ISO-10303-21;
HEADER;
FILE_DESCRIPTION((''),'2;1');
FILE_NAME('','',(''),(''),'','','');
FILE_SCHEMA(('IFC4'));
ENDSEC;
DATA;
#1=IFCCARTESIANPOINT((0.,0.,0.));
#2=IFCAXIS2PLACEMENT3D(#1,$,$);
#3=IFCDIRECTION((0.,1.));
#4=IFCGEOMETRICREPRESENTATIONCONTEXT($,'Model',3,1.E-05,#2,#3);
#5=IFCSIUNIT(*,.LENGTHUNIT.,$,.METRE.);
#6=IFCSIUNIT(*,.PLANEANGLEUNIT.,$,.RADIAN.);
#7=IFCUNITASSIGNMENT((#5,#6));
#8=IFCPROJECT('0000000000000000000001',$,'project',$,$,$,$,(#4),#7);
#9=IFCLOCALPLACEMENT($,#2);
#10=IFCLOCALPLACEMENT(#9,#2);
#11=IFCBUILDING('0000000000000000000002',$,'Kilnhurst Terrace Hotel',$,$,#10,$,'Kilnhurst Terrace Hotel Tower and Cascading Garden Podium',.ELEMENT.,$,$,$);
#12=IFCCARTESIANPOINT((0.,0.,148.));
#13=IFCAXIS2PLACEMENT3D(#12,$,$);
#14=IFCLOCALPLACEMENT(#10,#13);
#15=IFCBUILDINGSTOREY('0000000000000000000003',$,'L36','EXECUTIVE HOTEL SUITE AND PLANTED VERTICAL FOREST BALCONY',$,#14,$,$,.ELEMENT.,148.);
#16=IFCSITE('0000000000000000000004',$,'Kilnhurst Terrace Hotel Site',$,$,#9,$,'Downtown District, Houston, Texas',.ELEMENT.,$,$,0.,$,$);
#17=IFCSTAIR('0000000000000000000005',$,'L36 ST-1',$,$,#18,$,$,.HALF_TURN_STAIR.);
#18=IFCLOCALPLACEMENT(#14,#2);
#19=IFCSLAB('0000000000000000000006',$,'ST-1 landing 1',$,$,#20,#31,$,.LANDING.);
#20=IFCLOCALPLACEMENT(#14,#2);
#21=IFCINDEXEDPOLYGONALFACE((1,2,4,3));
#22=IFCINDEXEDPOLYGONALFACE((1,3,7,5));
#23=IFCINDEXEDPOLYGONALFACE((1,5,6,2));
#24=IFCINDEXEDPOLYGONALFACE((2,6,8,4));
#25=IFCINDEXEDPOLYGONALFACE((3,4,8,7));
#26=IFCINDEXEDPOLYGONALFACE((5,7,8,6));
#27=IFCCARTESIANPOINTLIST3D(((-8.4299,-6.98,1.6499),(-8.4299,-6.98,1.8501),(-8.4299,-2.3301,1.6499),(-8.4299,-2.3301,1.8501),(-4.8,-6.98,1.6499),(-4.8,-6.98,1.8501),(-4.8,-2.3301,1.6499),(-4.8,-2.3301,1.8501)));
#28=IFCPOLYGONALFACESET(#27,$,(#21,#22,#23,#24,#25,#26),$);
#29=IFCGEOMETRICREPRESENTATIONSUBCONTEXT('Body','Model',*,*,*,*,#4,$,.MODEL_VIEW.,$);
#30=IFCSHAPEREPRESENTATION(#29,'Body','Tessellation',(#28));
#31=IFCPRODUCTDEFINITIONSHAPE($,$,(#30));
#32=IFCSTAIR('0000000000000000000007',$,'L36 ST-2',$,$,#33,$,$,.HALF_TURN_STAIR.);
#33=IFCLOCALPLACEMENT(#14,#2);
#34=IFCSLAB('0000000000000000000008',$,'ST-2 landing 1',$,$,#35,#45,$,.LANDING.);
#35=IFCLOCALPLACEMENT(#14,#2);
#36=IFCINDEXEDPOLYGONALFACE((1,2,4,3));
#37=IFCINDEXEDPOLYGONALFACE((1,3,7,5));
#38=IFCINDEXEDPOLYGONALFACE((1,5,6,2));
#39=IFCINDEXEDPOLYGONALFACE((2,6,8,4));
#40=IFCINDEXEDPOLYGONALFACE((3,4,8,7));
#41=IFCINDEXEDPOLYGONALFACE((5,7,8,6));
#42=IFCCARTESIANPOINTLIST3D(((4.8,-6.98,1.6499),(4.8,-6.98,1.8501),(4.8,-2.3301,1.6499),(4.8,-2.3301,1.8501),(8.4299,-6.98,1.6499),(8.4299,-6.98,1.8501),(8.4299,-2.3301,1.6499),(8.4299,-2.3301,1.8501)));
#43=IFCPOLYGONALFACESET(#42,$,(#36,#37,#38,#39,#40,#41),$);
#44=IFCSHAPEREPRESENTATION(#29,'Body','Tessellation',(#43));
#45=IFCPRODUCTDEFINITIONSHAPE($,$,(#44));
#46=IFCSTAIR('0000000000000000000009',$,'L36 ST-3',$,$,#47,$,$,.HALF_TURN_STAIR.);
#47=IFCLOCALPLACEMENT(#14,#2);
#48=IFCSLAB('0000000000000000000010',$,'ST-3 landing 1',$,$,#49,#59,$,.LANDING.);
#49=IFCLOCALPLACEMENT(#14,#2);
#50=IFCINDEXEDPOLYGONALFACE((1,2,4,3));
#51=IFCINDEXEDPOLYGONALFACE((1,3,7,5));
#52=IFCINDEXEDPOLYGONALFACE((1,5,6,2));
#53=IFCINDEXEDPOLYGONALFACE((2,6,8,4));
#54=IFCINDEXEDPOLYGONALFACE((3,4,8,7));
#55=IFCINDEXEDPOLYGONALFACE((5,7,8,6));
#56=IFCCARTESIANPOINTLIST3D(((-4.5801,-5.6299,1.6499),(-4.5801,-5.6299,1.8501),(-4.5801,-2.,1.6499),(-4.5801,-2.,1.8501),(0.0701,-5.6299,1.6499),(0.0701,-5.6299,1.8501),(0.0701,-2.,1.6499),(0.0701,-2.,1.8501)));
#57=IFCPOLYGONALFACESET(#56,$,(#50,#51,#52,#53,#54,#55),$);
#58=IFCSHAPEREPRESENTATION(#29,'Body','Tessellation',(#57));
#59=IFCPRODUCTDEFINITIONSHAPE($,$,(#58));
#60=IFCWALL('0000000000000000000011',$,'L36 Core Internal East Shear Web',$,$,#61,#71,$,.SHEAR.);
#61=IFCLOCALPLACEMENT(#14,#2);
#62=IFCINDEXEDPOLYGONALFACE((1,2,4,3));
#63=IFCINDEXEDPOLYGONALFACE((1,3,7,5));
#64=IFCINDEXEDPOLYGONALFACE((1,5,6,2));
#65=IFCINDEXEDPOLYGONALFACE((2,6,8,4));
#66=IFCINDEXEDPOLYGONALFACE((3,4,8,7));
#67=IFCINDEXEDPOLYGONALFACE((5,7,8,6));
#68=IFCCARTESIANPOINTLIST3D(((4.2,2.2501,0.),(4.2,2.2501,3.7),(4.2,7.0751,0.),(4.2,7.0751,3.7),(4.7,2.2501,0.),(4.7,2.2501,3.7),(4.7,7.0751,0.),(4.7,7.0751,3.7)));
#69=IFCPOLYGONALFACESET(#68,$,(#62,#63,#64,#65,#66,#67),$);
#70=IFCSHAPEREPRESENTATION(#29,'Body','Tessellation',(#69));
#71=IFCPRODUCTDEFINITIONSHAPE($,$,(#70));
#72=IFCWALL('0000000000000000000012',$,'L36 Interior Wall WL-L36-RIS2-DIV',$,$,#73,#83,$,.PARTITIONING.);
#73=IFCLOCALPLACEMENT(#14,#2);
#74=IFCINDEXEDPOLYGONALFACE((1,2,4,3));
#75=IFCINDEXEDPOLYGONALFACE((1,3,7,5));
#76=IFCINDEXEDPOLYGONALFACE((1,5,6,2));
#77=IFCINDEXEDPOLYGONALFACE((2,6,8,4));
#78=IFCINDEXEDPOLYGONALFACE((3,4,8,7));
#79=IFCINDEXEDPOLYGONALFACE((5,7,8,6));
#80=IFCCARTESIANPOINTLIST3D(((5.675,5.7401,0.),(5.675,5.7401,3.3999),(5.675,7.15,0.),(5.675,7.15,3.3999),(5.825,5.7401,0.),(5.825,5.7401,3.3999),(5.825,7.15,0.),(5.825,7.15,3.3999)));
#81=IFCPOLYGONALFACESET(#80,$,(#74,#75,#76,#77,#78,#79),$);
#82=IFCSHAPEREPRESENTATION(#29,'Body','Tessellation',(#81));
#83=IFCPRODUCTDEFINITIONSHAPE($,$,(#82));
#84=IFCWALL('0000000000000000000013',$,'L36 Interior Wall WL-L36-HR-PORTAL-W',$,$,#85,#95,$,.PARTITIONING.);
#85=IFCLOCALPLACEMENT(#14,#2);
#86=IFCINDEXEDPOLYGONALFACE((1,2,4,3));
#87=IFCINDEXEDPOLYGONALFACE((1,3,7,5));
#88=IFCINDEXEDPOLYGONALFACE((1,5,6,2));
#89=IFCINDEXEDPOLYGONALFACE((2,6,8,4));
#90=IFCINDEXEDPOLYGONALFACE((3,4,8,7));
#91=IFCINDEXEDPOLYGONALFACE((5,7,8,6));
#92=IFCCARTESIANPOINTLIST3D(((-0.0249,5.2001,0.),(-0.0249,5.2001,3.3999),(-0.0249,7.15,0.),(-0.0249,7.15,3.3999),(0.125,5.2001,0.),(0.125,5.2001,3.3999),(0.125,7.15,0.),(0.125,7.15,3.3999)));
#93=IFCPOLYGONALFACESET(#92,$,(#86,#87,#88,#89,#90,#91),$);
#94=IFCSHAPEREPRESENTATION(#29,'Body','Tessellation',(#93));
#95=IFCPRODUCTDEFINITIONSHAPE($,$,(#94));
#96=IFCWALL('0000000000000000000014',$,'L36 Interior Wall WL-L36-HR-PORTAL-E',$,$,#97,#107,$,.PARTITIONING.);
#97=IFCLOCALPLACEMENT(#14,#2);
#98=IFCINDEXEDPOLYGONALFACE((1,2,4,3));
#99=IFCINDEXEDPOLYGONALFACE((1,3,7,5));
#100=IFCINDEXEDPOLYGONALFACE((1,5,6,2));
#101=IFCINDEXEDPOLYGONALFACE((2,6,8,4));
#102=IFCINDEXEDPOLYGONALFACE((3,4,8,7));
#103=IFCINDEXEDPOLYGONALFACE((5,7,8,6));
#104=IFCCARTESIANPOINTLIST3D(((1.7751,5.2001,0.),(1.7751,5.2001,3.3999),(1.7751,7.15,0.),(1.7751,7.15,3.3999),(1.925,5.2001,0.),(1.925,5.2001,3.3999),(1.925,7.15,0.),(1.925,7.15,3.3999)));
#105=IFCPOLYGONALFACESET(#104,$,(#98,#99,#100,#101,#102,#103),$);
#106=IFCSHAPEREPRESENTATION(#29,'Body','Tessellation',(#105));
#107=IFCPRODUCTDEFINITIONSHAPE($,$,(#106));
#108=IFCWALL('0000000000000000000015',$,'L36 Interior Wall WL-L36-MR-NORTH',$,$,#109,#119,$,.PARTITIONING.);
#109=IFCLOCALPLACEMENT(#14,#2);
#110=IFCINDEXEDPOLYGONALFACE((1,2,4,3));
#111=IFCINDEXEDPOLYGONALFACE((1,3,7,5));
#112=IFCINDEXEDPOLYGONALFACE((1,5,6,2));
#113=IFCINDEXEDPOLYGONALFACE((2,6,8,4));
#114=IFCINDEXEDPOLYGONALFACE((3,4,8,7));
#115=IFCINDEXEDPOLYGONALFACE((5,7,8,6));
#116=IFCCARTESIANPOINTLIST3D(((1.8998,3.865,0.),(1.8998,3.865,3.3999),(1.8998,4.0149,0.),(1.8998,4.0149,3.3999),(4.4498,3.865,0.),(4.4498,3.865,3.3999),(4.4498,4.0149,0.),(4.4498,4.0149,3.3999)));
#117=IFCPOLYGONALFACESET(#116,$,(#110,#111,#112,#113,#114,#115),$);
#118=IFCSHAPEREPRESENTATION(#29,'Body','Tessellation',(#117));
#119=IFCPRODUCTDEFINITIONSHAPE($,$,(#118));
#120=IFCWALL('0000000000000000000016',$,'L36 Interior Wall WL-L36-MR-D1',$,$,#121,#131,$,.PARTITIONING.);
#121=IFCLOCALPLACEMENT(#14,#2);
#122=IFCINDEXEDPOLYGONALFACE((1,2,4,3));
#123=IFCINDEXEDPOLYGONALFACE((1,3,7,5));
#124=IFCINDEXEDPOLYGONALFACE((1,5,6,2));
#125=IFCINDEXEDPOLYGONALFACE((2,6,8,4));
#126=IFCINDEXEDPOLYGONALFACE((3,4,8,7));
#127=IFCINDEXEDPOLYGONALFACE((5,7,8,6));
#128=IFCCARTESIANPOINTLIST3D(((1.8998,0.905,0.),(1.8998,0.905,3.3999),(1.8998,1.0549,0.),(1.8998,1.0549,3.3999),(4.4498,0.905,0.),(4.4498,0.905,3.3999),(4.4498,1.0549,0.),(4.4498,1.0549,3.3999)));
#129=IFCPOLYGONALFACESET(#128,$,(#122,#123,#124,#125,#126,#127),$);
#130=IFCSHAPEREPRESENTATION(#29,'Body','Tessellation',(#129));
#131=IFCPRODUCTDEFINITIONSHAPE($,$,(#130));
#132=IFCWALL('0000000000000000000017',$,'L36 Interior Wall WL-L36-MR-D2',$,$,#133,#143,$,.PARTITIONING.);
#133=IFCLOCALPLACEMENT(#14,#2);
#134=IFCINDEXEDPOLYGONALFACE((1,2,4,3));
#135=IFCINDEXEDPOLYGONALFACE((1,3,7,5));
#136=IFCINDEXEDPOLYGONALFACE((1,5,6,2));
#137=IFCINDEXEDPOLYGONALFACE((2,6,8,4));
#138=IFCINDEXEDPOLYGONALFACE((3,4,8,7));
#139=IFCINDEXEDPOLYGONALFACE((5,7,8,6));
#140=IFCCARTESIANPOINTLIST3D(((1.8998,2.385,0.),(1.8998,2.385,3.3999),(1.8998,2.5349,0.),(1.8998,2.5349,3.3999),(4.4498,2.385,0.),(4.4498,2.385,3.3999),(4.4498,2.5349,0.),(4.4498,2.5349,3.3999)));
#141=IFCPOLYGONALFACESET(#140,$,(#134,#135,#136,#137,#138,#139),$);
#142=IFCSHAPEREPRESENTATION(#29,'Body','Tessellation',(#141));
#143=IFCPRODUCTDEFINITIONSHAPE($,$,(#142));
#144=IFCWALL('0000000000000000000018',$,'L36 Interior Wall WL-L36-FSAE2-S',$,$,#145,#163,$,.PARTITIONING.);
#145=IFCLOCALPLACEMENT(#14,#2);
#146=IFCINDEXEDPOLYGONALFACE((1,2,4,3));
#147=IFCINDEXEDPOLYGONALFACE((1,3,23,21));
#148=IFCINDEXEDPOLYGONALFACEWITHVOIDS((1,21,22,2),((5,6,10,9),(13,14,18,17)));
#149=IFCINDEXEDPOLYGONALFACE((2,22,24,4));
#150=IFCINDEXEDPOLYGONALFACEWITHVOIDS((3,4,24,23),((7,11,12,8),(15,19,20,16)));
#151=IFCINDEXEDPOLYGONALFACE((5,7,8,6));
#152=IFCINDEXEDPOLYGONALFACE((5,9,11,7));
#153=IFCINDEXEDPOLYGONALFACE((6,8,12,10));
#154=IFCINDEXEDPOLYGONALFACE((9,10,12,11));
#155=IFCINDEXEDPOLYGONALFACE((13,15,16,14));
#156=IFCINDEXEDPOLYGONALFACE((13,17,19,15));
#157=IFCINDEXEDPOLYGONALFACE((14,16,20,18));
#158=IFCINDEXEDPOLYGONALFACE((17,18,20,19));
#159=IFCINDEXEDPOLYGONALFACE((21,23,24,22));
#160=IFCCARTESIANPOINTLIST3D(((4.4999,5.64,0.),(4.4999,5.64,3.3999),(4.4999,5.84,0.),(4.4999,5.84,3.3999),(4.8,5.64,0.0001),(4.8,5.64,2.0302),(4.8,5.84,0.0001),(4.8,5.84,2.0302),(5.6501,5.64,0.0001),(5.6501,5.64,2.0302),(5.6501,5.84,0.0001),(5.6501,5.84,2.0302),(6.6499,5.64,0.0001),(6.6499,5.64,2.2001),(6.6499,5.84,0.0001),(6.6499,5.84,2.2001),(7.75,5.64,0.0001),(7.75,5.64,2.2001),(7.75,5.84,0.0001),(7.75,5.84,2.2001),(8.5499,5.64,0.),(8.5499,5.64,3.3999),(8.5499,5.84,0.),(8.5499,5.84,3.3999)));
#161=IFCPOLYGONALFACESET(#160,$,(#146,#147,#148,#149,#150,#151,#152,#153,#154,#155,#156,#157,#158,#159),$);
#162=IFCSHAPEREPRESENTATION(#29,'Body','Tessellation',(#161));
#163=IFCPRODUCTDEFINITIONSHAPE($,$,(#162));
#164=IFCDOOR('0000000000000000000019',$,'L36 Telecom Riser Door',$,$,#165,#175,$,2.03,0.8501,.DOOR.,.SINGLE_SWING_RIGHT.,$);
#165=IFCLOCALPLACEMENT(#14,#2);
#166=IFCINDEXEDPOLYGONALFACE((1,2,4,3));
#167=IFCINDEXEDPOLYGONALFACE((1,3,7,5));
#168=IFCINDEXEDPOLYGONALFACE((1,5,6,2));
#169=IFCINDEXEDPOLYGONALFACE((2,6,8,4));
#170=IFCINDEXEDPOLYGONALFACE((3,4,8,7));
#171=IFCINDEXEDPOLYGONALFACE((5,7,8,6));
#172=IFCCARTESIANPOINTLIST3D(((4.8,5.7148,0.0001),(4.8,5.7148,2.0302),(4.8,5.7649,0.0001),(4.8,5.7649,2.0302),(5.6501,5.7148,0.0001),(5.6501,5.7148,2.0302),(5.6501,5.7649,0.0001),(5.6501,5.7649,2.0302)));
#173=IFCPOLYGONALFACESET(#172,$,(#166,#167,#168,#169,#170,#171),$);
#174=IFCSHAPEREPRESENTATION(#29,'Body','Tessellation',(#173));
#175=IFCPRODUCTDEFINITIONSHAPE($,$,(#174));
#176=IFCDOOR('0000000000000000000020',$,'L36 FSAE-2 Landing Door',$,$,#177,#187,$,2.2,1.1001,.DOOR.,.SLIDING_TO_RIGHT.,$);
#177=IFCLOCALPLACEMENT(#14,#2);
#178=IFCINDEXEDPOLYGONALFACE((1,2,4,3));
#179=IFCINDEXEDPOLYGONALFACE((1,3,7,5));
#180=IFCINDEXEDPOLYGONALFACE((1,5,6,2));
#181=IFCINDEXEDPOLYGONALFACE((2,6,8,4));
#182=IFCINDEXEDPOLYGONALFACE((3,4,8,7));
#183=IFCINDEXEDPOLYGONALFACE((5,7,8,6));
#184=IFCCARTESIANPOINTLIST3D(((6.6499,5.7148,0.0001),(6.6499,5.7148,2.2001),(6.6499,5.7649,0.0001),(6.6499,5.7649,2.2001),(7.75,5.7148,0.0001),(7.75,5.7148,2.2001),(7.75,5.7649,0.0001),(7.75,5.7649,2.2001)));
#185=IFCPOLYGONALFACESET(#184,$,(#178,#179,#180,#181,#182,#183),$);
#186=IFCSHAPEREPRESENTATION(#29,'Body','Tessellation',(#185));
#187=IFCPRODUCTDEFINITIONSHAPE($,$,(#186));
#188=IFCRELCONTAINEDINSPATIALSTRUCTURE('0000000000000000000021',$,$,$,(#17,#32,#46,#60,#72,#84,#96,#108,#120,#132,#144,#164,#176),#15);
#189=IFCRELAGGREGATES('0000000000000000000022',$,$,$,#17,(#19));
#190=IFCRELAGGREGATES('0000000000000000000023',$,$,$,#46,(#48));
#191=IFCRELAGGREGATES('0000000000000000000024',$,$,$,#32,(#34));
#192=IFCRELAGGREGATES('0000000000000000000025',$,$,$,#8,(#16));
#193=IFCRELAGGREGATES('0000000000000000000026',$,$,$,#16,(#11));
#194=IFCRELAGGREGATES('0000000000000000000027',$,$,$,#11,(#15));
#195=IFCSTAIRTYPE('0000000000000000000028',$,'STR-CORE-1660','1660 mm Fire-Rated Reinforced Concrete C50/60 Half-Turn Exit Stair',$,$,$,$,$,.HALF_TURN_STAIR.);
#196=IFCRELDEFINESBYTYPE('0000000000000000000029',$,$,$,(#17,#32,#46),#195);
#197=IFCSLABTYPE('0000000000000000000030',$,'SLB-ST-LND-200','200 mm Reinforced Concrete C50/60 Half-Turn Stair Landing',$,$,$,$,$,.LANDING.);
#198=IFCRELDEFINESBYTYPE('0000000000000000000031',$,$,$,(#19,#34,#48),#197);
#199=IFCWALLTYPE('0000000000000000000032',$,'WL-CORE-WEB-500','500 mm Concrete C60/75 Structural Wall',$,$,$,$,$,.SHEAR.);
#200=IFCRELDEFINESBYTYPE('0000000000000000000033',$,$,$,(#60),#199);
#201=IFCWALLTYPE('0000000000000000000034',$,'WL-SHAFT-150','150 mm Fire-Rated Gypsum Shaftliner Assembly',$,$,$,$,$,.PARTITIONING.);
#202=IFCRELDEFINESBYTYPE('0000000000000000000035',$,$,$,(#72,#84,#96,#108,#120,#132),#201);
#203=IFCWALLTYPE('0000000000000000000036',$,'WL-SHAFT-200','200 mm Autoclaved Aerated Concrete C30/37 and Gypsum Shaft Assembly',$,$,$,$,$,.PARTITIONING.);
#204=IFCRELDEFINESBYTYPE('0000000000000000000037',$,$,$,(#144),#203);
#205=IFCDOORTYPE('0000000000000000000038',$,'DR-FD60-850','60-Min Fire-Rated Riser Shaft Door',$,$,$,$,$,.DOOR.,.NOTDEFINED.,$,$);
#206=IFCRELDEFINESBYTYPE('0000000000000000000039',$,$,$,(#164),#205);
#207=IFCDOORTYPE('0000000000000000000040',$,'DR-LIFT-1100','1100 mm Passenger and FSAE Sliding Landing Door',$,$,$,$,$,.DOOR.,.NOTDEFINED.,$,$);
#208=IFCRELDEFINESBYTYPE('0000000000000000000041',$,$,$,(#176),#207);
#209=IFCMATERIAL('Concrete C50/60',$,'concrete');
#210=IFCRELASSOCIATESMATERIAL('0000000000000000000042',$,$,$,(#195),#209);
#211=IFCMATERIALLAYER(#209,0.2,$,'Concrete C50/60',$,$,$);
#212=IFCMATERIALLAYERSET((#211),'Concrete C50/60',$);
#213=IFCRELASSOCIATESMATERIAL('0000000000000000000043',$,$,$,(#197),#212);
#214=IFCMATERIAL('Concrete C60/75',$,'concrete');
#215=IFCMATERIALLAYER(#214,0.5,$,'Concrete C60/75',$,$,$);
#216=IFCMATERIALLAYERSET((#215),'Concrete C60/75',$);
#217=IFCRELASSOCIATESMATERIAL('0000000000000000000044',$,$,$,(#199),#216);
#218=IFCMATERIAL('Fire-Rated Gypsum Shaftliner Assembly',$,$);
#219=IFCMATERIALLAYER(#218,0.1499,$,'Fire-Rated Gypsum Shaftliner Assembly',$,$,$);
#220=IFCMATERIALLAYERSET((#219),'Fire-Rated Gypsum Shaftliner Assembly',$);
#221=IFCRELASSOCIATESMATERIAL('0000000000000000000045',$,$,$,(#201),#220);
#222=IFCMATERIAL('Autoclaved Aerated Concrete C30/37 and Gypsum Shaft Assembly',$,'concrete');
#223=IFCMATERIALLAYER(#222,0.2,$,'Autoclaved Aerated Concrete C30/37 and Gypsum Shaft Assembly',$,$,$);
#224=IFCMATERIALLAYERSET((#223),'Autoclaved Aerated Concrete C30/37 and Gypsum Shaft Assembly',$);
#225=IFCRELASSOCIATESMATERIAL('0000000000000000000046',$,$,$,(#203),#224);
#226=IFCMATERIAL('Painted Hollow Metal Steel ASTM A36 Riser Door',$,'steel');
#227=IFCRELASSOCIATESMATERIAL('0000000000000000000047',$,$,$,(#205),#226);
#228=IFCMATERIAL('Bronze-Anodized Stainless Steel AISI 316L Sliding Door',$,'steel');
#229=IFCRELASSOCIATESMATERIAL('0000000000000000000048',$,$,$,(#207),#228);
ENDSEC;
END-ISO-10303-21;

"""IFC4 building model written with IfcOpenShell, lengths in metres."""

from ifc_helpers import new_model, si_unit, direction, frame, frame_2d, origin, place, context, subcontext, project, spatial, polyline, rectangle, outline, extrude, material, layer, layer_set, type_object, element, fill, aggregate, save


model = new_model("IFC4")

# Units and contexts
model_context = context("Model", 3, precision=1e-05, world=origin(), true_north=direction((0.0, 1.0)))
body_context = subcontext(model_context, "Body", "Model", "MODEL_VIEW")
ifc_project = project(units=[si_unit("LENGTHUNIT", "METRE"), si_unit("PLANEANGLEUNIT", "RADIAN")], contexts=[model_context])

# Site, building, storey
site_placement = place(None, origin())
site = spatial("IfcSite", under=ifc_project, at=site_placement, Name="Kilnhurst Terrace Hotel Site", LongName="Downtown District, Houston, Texas", CompositionType="ELEMENT", RefElevation=0.0)
building_placement = place(site_placement, origin())
building = spatial("IfcBuilding", under=site, at=building_placement, Name="Kilnhurst Terrace Hotel", LongName="Kilnhurst Terrace Hotel Tower and Cascading Garden Podium", CompositionType="ELEMENT")
storey_placement = place(building_placement, frame((0.0, 0.0, 148.0)))
storey = spatial("IfcBuildingStorey", under=building, at=storey_placement, Name="L36", Description="EXECUTIVE HOTEL SUITE AND PLANTED VERTICAL FOREST BALCONY", CompositionType="ELEMENT", Elevation=148.0)

# Stairs, slabs
ifc_material_1 = material(Name="Concrete C50/60", Category="concrete")
stair_type = type_object("IfcStairType", Name="STR-CORE-1660", Description="1660 mm Fire-Rated Reinforced Concrete C50/60 Half-Turn Exit Stair", PredefinedType="HALF_TURN_STAIR", material=ifc_material_1)
stair_1_placement = place(storey_placement, origin())
stair_1 = element("IfcStair", 1, at=stair_1_placement, inside=storey, type_object=stair_type, Name="L36 ST-1", PredefinedType="HALF_TURN_STAIR")
ifc_layer_1 = layer(ifc_material_1, 0.2, Name="Concrete C50/60")
ifc_layer_set_1 = layer_set([ifc_layer_1], Name="Concrete C50/60")
slab_type = type_object("IfcSlabType", Name="SLB-ST-LND-200", Description="200 mm Reinforced Concrete C50/60 Half-Turn Stair Landing", PredefinedType="LANDING", material=ifc_layer_set_1)
slab_1_placement = place(storey_placement, frame((0.0, 0.0, 1.6499)))
slab_1 = element("IfcSlab", 2, at=slab_1_placement, type_object=slab_type, Name="ST-1 landing 1", PredefinedType="LANDING", context=body_context, shape_type="SweptSolid", body=[
    extrude(outline(polyline([(-8.4299, -2.3301), (-4.8, -2.3301), (-4.8, -6.98), (-8.4299, -6.98), (-8.4299, -2.3301)])), origin(), (0.0, 0.0, 1.0), 0.2002),
])
aggregate(stair_1, [slab_1])
stair_2_placement = place(storey_placement, origin())
stair_2 = element("IfcStair", 3, at=stair_2_placement, inside=storey, type_object=stair_type, Name="L36 ST-2", PredefinedType="HALF_TURN_STAIR")
slab_2_placement = place(storey_placement, frame((0.0, 0.0, 1.6499)))
slab_2 = element("IfcSlab", 4, at=slab_2_placement, type_object=slab_type, Name="ST-2 landing 1", PredefinedType="LANDING", context=body_context, shape_type="SweptSolid", body=[
    extrude(outline(polyline([(4.8, -2.3301), (8.4299, -2.3301), (8.4299, -6.98), (4.8, -6.98), (4.8, -2.3301)])), origin(), (0.0, 0.0, 1.0), 0.2002),
])
stair_3_placement = place(storey_placement, origin())
stair_3 = element("IfcStair", 5, at=stair_3_placement, inside=storey, type_object=stair_type, Name="L36 ST-3", PredefinedType="HALF_TURN_STAIR")
slab_3_placement = place(storey_placement, frame((0.0, 0.0, 1.6499)))
slab_3 = element("IfcSlab", 6, at=slab_3_placement, type_object=slab_type, Name="ST-3 landing 1", PredefinedType="LANDING", context=body_context, shape_type="SweptSolid", body=[
    extrude(outline(polyline([(0.0701, -2.0), (0.0701, -5.6299), (-4.5801, -5.6299), (-4.5801, -2.0), (0.0701, -2.0)])), origin(), (0.0, 0.0, 1.0), 0.2002),
])
aggregate(stair_3, [slab_3])

# Walls
ifc_material_2 = material(Name="Concrete C60/75", Category="concrete")
ifc_layer_2 = layer(ifc_material_2, 0.5, Name="Concrete C60/75")
ifc_layer_set_2 = layer_set([ifc_layer_2], Name="Concrete C60/75")
wall_type_1 = type_object("IfcWallType", Name="WL-CORE-WEB-500", Description="500 mm Concrete C60/75 Structural Wall", PredefinedType="SHEAR", material=ifc_layer_set_2)
wall_1_placement = place(storey_placement, frame((4.45, 2.25, 0.0), z_axis=(0.0, 0.0, 1.0), x_axis=(0.0, 1.0, 0.0)))
element("IfcWall", 7, at=wall_1_placement, inside=storey, type_object=wall_type_1, Name="L36 Core Internal East Shear Web", PredefinedType="SHEAR", context=body_context, shape_type="SweptSolid", body=[
    extrude(rectangle(XDim=4.825, YDim=0.5, at=frame_2d((2.4126, 0.0))), origin(), (0.0, 0.0, 1.0), 3.7),
])
ifc_material_3 = material(Name="Fire-Rated Gypsum Shaftliner Assembly")
ifc_layer_3 = layer(ifc_material_3, 0.1499, Name="Fire-Rated Gypsum Shaftliner Assembly")
ifc_layer_set_3 = layer_set([ifc_layer_3], Name="Fire-Rated Gypsum Shaftliner Assembly")
wall_type_2 = type_object("IfcWallType", Name="WL-SHAFT-150", Description="150 mm Fire-Rated Gypsum Shaftliner Assembly", PredefinedType="PARTITIONING", material=ifc_layer_set_3)
wall_2_placement = place(storey_placement, frame((5.75, 5.74, 0.0), z_axis=(0.0, 0.0, 1.0), x_axis=(0.0, 1.0, 0.0)))
element("IfcWall", 8, at=wall_2_placement, inside=storey, type_object=wall_type_2, Name="L36 Interior Wall WL-L36-RIS2-DIV", PredefinedType="PARTITIONING", context=body_context, shape_type="SweptSolid", body=[
    extrude(rectangle(XDim=1.4099, YDim=0.1499, at=frame_2d((0.7051, 0.0))), origin(), (0.0, 0.0, 1.0), 3.3999),
])
for number, where, z_axis, x_axis, name in (
    (9, (0.05, 5.2, 0.0), (0.0, 0.0, 1.0), (0.0, 1.0, 0.0), "L36 Interior Wall WL-L36-HR-PORTAL-W"),
    (10, (1.8501, 5.2, 0.0), (0.0, 0.0, 1.0), (0.0, 1.0, 0.0), "L36 Interior Wall WL-L36-HR-PORTAL-E"),
):
    element("IfcWall", number, at=place(storey_placement, frame(where, z_axis=z_axis, x_axis=x_axis)), inside=storey, type_object=wall_type_2, Name=name, PredefinedType="PARTITIONING", context=body_context, shape_type="SweptSolid", body=[
        extrude(rectangle(XDim=1.95, YDim=0.1499, at=frame_2d((0.9751, 0.0))), origin(), (0.0, 0.0, 1.0), 3.3999),
    ])
for number, where, z_axis, x_axis, name in (
    (11, (1.8999, 3.9399, 0.0), (0.0, 0.0, 1.0), (1.0, 0.0, 0.0), "L36 Interior Wall WL-L36-MR-NORTH"),
    (12, (1.8999, 0.98, 0.0), (0.0, 0.0, 1.0), (1.0, 0.0, 0.0), "L36 Interior Wall WL-L36-MR-D1"),
    (13, (1.8999, 2.46, 0.0), (0.0, 0.0, 1.0), (1.0, 0.0, 0.0), "L36 Interior Wall WL-L36-MR-D2"),
):
    element("IfcWall", number, at=place(storey_placement, frame(where, z_axis=z_axis, x_axis=x_axis)), inside=storey, type_object=wall_type_2, Name=name, PredefinedType="PARTITIONING", context=body_context, shape_type="SweptSolid", body=[
        extrude(rectangle(XDim=2.55, YDim=0.1499, at=frame_2d((1.2749, 0.0))), origin(), (0.0, 0.0, 1.0), 3.3999),
    ])

# Wall, openings, doors
ifc_material_4 = material(Name="Autoclaved Aerated Concrete C30/37 and Gypsum Shaft Assembly", Category="concrete")
ifc_layer_4 = layer(ifc_material_4, 0.2, Name="Autoclaved Aerated Concrete C30/37 and Gypsum Shaft Assembly")
ifc_layer_set_4 = layer_set([ifc_layer_4], Name="Autoclaved Aerated Concrete C30/37 and Gypsum Shaft Assembly")
wall_type_3 = type_object("IfcWallType", Name="WL-SHAFT-200", Description="200 mm Autoclaved Aerated Concrete C30/37 and Gypsum Shaft Assembly", PredefinedType="PARTITIONING", material=ifc_layer_set_4)
wall_3_placement = place(storey_placement, frame((4.5, 5.74, 0.0), z_axis=(0.0, 0.0, 1.0), x_axis=(1.0, 0.0, 0.0)))
wall_3 = element("IfcWall", 14, at=wall_3_placement, inside=storey, type_object=wall_type_3, Name="L36 Interior Wall WL-L36-FSAE2-S", PredefinedType="PARTITIONING", context=body_context, shape_type="SweptSolid", body=[
    extrude(rectangle(XDim=4.05, YDim=0.2, at=frame_2d((2.0249, 0.0))), origin(), (0.0, 0.0, 1.0), 3.3999),
])
opening_1_placement = place(wall_3_placement, frame((0.3, 0.0, 0.0)))
opening_1 = element("IfcOpeningElement", 15, at=opening_1_placement, cuts=wall_3, PredefinedType="OPENING", context=body_context, shape_type="SweptSolid", body=[
    extrude(rectangle(XDim=0.8501, YDim=2.03, at=frame_2d((0.425, 1.0151))), frame((0.0, 0.1099, 0.0), z_axis=(0.0, -1.0, 0.0), x_axis=(1.0, 0.0, 0.0)), (0.0, 0.0, 1.0), 0.22),
])
opening_2_placement = place(wall_3_placement, frame((2.1499, 0.0, 0.0)))
opening_2 = element("IfcOpeningElement", 16, at=opening_2_placement, cuts=wall_3, PredefinedType="OPENING", context=body_context, shape_type="SweptSolid", body=[
    extrude(rectangle(XDim=1.1001, YDim=2.2, at=frame_2d((0.55, 1.1001))), frame((0.0, 0.1099, 0.0), z_axis=(0.0, -1.0, 0.0), x_axis=(1.0, 0.0, 0.0)), (0.0, 0.0, 1.0), 0.22),
])
ifc_material_5 = material(Name="Painted Hollow Metal Steel ASTM A36 Riser Door", Category="steel")
door_type_1 = type_object("IfcDoorType", Name="DR-FD60-850", Description="60-Min Fire-Rated Riser Shaft Door", OperationType="NOTDEFINED", PredefinedType="DOOR", material=ifc_material_5)
door_1_placement = place(opening_1_placement, origin())
door_1 = element("IfcDoor", 17, at=door_1_placement, inside=storey, type_object=door_type_1, Name="L36 Telecom Riser Door", OperationType="SINGLE_SWING_RIGHT", OverallHeight=2.03, OverallWidth=0.8501, PredefinedType="DOOR", context=body_context, shape_type="SweptSolid", body=[
    extrude(rectangle(XDim=0.8501, YDim=2.03, at=frame_2d((0.425, 1.0151))), frame((0.0, 0.0249, 0.0), z_axis=(0.0, -1.0, 0.0), x_axis=(1.0, 0.0, 0.0)), (0.0, 0.0, 1.0), 0.05),
])
fill(opening_1, door_1)
ifc_material_6 = material(Name="Bronze-Anodized Stainless Steel AISI 316L Sliding Door", Category="steel")
door_type_2 = type_object("IfcDoorType", Name="DR-LIFT-1100", Description="1100 mm Passenger and FSAE Sliding Landing Door", OperationType="NOTDEFINED", PredefinedType="DOOR", material=ifc_material_6)
door_2_placement = place(opening_2_placement, origin())
door_2 = element("IfcDoor", 18, at=door_2_placement, inside=storey, type_object=door_type_2, Name="L36 FSAE-2 Landing Door", OperationType="SLIDING_TO_RIGHT", OverallHeight=2.2, OverallWidth=1.1001, PredefinedType="DOOR", context=body_context, shape_type="SweptSolid", body=[
    extrude(rectangle(XDim=1.1001, YDim=2.2, at=frame_2d((0.55, 1.1001))), frame((0.0, 0.0249, 0.0), z_axis=(0.0, -1.0, 0.0), x_axis=(1.0, 0.0, 0.0)), (0.0, 0.0, 1.0), 0.05),
])
fill(opening_2, door_2)

aggregate(stair_2, [slab_2])

save(model, "model.ifc")
